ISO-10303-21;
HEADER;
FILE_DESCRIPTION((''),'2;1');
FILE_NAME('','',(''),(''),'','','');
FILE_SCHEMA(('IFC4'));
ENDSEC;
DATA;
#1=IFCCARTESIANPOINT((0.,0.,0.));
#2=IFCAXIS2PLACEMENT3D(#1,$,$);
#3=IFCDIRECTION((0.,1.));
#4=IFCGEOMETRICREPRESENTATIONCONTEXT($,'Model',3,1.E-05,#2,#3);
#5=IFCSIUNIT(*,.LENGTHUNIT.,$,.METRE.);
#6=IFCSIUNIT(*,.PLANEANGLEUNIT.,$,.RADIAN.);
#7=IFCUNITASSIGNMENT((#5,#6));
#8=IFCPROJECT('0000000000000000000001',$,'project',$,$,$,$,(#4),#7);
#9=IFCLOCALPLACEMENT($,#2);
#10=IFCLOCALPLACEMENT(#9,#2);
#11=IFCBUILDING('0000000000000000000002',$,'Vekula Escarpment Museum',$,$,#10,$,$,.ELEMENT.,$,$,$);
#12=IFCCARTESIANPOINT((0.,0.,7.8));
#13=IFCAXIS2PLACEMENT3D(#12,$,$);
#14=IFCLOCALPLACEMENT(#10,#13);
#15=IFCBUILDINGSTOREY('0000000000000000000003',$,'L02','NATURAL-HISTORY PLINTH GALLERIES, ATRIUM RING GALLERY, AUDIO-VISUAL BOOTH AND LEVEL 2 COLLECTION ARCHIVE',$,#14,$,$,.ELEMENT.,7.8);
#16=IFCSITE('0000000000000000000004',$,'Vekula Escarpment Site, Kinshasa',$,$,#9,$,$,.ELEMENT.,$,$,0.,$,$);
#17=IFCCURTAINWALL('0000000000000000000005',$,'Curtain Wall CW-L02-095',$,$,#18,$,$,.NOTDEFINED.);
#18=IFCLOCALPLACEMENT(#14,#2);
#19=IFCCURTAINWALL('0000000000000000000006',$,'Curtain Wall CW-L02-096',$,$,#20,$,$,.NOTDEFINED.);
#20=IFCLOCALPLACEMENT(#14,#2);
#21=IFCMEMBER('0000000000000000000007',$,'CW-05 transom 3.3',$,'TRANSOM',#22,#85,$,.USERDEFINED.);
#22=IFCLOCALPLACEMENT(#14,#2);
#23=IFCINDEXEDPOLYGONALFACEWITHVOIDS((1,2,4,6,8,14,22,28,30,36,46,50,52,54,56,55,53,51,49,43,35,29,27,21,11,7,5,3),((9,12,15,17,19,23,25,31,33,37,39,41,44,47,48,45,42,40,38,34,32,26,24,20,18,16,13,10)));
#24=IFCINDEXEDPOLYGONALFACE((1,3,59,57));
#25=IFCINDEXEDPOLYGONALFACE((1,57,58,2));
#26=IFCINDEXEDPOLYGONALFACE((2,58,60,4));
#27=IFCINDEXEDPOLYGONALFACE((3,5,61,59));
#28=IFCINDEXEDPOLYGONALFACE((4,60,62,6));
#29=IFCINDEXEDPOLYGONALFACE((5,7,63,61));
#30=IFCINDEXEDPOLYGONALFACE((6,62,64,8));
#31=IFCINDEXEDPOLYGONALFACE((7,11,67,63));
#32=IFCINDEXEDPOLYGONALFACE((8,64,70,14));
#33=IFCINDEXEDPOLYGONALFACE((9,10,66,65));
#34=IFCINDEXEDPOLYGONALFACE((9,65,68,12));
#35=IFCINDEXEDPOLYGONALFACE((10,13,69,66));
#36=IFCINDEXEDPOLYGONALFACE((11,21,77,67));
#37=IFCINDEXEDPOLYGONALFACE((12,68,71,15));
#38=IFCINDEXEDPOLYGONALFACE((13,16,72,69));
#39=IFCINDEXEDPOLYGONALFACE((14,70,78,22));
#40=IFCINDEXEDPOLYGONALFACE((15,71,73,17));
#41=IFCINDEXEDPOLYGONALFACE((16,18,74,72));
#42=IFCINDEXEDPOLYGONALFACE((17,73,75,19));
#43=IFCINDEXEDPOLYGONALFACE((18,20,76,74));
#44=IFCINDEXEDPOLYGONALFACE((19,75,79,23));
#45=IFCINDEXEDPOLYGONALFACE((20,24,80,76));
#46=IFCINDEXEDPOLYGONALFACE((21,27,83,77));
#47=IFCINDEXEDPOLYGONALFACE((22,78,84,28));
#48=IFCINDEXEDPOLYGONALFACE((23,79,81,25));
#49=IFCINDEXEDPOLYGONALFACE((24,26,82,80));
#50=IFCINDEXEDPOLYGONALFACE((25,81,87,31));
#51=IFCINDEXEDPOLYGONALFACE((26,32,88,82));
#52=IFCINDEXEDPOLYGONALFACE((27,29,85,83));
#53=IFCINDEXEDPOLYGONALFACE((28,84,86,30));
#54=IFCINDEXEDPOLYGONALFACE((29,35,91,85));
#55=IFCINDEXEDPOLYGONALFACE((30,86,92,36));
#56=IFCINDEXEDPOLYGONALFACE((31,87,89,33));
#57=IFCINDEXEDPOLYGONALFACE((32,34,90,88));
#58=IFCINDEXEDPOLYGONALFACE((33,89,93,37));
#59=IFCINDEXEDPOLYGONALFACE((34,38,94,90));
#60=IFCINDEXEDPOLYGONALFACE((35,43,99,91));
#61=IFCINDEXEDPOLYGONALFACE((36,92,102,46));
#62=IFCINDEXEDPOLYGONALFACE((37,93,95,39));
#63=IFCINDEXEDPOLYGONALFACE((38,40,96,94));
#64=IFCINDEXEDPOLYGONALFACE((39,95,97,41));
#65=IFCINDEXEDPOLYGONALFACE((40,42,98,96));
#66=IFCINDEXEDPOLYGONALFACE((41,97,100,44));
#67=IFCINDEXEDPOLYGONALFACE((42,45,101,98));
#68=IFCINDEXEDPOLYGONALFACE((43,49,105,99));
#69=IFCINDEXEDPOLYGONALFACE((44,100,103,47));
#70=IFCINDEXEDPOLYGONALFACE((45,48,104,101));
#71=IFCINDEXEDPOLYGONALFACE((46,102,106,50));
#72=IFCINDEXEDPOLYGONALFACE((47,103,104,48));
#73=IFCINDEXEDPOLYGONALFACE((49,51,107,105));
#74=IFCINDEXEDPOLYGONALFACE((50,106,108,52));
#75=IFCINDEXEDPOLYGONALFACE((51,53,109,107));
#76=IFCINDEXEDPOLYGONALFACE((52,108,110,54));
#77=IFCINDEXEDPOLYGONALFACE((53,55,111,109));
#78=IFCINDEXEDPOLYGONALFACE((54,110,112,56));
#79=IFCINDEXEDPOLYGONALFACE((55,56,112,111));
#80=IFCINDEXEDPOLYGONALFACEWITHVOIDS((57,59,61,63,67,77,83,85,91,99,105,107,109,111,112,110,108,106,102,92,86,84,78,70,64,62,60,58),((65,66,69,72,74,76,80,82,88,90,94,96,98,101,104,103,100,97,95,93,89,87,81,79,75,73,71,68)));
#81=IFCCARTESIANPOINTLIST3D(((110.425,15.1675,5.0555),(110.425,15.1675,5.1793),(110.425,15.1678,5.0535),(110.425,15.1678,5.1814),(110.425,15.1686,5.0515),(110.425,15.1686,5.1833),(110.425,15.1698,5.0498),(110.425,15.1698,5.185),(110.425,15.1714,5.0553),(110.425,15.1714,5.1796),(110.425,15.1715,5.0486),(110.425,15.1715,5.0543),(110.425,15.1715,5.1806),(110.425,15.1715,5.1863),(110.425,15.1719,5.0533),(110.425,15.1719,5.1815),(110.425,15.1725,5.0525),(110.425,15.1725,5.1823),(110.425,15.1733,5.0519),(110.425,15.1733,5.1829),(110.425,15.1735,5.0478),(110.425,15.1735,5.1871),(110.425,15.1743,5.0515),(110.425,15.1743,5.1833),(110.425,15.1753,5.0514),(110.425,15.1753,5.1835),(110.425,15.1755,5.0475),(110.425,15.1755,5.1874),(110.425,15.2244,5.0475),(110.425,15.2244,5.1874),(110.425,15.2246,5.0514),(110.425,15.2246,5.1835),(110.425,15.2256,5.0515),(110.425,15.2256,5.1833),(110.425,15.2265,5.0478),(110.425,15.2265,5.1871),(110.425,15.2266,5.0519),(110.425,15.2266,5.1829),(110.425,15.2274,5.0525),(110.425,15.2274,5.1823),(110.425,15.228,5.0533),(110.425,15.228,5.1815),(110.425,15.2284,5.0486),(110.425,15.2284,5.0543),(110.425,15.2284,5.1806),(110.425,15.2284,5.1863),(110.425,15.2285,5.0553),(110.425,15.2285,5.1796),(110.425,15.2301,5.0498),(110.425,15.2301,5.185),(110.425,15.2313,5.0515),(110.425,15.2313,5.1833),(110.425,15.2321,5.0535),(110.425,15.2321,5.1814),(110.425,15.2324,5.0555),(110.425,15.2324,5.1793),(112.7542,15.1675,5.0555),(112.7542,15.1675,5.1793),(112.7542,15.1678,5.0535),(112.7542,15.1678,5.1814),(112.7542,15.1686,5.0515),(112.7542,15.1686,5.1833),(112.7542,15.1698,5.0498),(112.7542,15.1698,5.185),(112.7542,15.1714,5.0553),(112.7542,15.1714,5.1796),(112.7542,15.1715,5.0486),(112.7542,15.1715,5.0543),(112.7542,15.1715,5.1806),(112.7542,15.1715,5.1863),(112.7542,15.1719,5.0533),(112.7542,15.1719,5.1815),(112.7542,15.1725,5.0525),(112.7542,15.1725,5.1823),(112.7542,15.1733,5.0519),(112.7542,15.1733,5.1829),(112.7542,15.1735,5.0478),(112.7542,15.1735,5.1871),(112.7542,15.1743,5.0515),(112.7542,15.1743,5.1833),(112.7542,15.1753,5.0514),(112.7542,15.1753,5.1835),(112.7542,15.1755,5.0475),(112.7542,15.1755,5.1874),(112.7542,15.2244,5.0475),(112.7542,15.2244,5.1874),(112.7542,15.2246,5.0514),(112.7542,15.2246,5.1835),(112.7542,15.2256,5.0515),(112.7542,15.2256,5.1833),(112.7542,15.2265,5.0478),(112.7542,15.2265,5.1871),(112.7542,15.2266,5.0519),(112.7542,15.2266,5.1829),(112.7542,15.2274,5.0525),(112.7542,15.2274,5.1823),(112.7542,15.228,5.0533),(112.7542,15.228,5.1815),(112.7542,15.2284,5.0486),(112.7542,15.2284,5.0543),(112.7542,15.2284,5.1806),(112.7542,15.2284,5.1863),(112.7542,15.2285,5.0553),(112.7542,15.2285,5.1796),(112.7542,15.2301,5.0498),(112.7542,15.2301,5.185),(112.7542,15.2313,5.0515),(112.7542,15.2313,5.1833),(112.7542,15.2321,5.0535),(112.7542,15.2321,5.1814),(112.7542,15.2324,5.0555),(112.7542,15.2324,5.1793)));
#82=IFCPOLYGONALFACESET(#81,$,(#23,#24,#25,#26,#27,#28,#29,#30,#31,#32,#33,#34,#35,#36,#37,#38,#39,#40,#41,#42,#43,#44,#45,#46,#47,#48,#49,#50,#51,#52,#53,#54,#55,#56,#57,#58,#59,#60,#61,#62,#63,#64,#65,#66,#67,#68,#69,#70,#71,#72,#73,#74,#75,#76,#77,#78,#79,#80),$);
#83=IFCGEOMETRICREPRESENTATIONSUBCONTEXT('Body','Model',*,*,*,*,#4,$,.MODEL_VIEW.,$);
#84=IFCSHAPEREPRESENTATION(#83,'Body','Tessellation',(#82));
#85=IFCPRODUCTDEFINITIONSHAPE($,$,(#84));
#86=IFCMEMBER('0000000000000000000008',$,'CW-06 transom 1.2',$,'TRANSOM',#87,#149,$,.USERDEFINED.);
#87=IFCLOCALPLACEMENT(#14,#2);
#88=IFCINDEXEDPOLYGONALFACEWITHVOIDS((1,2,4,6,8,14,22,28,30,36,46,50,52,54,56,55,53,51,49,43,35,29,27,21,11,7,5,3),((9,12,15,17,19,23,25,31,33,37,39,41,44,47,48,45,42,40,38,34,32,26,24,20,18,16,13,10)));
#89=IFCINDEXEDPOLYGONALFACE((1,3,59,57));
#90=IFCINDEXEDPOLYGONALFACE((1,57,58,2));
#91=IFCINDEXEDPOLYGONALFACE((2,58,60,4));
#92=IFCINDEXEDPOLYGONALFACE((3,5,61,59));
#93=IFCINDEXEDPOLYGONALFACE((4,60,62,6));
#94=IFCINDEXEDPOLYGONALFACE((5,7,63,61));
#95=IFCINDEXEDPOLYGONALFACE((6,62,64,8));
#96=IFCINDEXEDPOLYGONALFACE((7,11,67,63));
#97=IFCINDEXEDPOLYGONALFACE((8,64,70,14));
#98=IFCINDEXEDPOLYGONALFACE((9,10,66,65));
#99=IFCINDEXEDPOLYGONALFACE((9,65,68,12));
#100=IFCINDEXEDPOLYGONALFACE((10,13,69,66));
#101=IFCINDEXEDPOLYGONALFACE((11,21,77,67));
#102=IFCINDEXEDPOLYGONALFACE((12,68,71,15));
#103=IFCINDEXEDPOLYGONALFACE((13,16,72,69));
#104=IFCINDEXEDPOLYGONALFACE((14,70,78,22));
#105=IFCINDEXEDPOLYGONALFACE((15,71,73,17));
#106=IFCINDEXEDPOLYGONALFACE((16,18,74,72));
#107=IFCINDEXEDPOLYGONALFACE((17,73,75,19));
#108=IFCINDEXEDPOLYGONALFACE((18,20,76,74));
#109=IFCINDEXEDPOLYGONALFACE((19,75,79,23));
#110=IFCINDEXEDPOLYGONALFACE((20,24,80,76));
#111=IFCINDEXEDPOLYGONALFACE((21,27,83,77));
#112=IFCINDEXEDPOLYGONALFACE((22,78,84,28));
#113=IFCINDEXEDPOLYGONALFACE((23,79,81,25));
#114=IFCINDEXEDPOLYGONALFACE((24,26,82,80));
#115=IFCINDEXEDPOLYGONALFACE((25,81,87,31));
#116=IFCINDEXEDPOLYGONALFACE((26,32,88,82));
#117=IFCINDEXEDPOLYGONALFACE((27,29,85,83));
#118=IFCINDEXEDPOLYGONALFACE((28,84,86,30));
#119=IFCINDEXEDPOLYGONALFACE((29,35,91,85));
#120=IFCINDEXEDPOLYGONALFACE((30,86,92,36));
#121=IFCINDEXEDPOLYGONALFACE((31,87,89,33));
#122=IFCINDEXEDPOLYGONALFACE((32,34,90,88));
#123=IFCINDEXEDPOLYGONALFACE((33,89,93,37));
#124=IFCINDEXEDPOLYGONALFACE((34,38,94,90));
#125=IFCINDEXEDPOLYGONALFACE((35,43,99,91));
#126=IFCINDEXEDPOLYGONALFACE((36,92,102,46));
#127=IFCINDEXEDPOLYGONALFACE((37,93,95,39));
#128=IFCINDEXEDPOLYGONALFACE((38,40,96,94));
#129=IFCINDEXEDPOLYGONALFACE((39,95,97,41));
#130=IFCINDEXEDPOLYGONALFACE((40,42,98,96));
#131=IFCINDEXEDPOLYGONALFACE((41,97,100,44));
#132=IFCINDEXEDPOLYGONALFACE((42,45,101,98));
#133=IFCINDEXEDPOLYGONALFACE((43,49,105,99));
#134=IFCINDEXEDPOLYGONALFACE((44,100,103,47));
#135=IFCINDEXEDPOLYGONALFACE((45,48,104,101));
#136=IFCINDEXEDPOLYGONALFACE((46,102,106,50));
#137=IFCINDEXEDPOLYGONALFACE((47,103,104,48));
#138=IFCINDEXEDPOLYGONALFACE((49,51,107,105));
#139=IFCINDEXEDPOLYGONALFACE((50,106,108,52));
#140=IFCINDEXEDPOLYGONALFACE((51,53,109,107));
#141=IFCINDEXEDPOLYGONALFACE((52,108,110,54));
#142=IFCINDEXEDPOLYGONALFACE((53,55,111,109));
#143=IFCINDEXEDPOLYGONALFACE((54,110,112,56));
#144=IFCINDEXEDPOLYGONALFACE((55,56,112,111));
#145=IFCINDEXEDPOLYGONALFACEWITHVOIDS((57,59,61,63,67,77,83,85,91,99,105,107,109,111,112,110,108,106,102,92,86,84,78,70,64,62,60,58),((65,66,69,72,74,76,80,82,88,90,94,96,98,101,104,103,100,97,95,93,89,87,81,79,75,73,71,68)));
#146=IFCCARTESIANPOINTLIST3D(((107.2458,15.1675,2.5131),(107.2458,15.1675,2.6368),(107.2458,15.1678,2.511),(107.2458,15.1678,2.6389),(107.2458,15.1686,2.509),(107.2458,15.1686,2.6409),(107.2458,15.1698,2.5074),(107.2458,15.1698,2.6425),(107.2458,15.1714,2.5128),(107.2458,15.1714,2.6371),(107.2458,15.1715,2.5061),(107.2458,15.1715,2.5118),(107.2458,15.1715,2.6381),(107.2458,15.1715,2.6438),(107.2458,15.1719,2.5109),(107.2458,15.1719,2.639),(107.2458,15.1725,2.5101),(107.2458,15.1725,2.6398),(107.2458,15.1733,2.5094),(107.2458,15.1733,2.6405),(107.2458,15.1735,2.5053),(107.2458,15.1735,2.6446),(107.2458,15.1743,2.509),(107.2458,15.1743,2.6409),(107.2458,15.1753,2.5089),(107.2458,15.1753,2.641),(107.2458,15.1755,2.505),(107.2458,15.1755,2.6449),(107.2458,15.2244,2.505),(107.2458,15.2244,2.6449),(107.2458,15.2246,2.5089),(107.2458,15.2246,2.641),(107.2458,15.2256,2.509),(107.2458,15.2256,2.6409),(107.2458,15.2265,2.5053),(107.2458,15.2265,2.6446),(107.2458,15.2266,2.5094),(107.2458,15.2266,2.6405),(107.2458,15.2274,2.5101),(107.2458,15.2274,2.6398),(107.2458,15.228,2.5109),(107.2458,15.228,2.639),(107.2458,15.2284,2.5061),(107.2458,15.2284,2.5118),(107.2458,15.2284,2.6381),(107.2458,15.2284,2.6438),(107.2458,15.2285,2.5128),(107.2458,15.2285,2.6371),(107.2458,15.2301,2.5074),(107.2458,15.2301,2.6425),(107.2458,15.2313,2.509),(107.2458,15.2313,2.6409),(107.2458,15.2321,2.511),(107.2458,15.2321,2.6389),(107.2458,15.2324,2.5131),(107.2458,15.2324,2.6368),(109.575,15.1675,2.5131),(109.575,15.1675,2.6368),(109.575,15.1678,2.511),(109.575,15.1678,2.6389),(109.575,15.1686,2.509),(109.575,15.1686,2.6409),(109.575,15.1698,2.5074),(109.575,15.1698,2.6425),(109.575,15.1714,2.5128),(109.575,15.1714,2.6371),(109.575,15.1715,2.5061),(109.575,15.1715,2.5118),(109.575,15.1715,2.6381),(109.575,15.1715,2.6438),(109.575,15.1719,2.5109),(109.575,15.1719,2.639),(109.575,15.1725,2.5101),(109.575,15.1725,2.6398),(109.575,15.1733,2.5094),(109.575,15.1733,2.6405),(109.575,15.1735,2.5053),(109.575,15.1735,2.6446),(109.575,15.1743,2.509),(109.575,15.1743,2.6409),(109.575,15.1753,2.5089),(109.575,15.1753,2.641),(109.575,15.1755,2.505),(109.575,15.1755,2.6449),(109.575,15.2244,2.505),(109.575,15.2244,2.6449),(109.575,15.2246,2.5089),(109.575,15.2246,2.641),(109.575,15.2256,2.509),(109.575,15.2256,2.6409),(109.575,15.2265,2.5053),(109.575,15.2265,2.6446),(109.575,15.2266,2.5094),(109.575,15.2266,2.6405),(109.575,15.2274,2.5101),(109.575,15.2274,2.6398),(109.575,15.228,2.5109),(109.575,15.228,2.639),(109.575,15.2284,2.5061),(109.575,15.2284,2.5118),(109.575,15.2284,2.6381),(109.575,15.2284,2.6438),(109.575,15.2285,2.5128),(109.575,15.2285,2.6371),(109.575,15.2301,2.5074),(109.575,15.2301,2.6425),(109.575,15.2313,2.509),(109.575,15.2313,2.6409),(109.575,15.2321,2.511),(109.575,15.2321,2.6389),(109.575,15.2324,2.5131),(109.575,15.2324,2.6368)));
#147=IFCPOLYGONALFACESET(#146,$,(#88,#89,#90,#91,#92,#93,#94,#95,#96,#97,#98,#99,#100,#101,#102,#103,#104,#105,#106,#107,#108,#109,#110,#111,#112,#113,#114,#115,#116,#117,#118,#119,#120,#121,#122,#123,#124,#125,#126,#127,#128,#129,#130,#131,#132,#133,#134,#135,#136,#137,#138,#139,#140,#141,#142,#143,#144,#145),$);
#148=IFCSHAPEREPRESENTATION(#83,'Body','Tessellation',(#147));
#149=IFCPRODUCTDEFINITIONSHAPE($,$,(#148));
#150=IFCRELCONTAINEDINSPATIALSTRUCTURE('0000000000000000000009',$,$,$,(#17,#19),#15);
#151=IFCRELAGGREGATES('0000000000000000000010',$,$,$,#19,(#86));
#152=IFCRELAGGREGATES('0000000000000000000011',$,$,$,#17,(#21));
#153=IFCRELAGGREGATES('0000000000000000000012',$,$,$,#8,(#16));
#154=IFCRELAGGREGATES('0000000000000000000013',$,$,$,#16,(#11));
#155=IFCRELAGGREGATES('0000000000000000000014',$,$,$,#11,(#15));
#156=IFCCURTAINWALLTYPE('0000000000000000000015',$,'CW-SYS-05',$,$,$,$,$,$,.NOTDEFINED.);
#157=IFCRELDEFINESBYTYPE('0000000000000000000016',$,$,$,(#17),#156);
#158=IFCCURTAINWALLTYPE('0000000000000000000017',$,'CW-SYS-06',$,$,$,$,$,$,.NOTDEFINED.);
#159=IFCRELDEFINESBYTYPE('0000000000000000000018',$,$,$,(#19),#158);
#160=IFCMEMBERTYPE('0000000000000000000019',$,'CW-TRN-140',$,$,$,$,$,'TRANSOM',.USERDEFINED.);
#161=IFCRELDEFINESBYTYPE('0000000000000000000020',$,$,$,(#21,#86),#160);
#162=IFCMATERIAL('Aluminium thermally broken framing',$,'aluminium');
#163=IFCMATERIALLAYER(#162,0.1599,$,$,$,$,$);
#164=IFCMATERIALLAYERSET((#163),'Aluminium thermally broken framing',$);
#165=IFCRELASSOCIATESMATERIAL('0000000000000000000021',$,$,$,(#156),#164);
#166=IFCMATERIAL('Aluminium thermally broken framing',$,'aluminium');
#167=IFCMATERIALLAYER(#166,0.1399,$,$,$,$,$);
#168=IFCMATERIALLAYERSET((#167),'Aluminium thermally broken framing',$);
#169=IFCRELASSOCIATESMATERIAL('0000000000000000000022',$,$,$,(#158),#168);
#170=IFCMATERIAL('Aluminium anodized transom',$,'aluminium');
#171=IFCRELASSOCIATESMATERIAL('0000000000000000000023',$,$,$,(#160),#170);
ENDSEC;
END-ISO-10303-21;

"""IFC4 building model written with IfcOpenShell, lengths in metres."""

from ifc_helpers import new_model, si_unit, direction, frame, origin, origin_2d, place, context, subcontext, project, spatial, hollow_rectangle, extrude, material, layer, layer_set, material_profile, profile_set, type_object, element, aggregate, save


model = new_model("IFC4")

# Units and contexts
model_context = context("Model", 3, precision=1e-05, world=origin(), true_north=direction((0.0, 1.0)))
body_context = subcontext(model_context, "Body", "Model", "MODEL_VIEW")
ifc_project = project(units=[si_unit("LENGTHUNIT", "METRE"), si_unit("PLANEANGLEUNIT", "RADIAN")], contexts=[model_context])

# Site, building, storey
site_placement = place(None, origin())
site = spatial("IfcSite", under=ifc_project, at=site_placement, Name="Vekula Escarpment Site, Kinshasa", CompositionType="ELEMENT", RefElevation=0.0)
building_placement = place(site_placement, origin())
building = spatial("IfcBuilding", under=site, at=building_placement, Name="Vekula Escarpment Museum", CompositionType="ELEMENT")
storey_placement = place(building_placement, frame((0.0, 0.0, 7.8)))
storey = spatial("IfcBuildingStorey", under=building, at=storey_placement, Name="L02", Description="NATURAL-HISTORY PLINTH GALLERIES, ATRIUM RING GALLERY, AUDIO-VISUAL BOOTH AND LEVEL 2 COLLECTION ARCHIVE", CompositionType="ELEMENT", Elevation=7.8)

# Curtain wall
ifc_material_1 = material(Name="Aluminium thermally broken framing", Category="aluminium")
ifc_layer_1 = layer(ifc_material_1, 0.1599)
ifc_layer_set_1 = layer_set([ifc_layer_1], Name="Aluminium thermally broken framing")
curtain_wall_type_1 = type_object("IfcCurtainWallType", Name="CW-SYS-05", PredefinedType="NOTDEFINED", material=ifc_layer_set_1)
curtain_wall_1_placement = place(storey_placement, origin())
curtain_wall_1 = element("IfcCurtainWall", 1, at=curtain_wall_1_placement, inside=storey, type_object=curtain_wall_type_1, Name="Curtain Wall CW-L02-095", PredefinedType="NOTDEFINED")

# Curtain wall
ifc_material_2 = material(Name="Aluminium thermally broken framing", Category="aluminium")
ifc_layer_2 = layer(ifc_material_2, 0.1399)
ifc_layer_set_2 = layer_set([ifc_layer_2], Name="Aluminium thermally broken framing")
curtain_wall_type_2 = type_object("IfcCurtainWallType", Name="CW-SYS-06", PredefinedType="NOTDEFINED", material=ifc_layer_set_2)
curtain_wall_2_placement = place(storey_placement, origin())
curtain_wall_2 = element("IfcCurtainWall", 2, at=curtain_wall_2_placement, inside=storey, type_object=curtain_wall_type_2, Name="Curtain Wall CW-L02-096", PredefinedType="NOTDEFINED")

# Members
ifc_material_3 = material(Name="Aluminium anodized transom", Category="aluminium")
ifc_material_profile_1 = material_profile(ifc_material_3, hollow_rectangle(XDim=0.0649, YDim=0.1399, WallThickness=0.0039, InnerFilletRadius=0.0039, OuterFilletRadius=0.0081, at=origin_2d()), Name="ALU 140x65x4")
ifc_profile_set_1 = profile_set([ifc_material_profile_1], Name="Aluminium anodized transom")
member_type_1 = type_object("IfcMemberType", Name="CW-TRN-140", ElementType="TRANSOM", PredefinedType="USERDEFINED", material=ifc_profile_set_1)
member_1_placement = place(storey_placement, frame((112.7542, 15.2, 5.1174), z_axis=(-1.0, 0.0, 0.0), x_axis=(0.0, -1.0, 0.0)))
member_1 = element("IfcMember", 3, at=member_1_placement, type_object=member_type_1, Name="CW-05 transom 3.3", ObjectType="TRANSOM", PredefinedType="USERDEFINED", context=body_context, shape_type="SweptSolid", body=[
    extrude(hollow_rectangle(XDim=0.0649, YDim=0.1399, WallThickness=0.0039, InnerFilletRadius=0.0039, OuterFilletRadius=0.0081, at=origin_2d()), origin(), (0.0, 0.0, 1.0), 2.3291),
])
member_2_placement = place(storey_placement, frame((109.575, 15.2, 2.575), z_axis=(-1.0, 0.0, 0.0), x_axis=(0.0, -1.0, 0.0)))
member_2 = element("IfcMember", 4, at=member_2_placement, type_object=member_type_1, Name="CW-06 transom 1.2", ObjectType="TRANSOM", PredefinedType="USERDEFINED", context=body_context, shape_type="SweptSolid", body=[
    extrude(hollow_rectangle(XDim=0.0649, YDim=0.1399, WallThickness=0.0039, InnerFilletRadius=0.0039, OuterFilletRadius=0.0081, at=origin_2d()), origin(), (0.0, 0.0, 1.0), 2.3291),
])
aggregate(curtain_wall_2, [member_2])

aggregate(curtain_wall_1, [member_1])

save(model, "model.ifc")
